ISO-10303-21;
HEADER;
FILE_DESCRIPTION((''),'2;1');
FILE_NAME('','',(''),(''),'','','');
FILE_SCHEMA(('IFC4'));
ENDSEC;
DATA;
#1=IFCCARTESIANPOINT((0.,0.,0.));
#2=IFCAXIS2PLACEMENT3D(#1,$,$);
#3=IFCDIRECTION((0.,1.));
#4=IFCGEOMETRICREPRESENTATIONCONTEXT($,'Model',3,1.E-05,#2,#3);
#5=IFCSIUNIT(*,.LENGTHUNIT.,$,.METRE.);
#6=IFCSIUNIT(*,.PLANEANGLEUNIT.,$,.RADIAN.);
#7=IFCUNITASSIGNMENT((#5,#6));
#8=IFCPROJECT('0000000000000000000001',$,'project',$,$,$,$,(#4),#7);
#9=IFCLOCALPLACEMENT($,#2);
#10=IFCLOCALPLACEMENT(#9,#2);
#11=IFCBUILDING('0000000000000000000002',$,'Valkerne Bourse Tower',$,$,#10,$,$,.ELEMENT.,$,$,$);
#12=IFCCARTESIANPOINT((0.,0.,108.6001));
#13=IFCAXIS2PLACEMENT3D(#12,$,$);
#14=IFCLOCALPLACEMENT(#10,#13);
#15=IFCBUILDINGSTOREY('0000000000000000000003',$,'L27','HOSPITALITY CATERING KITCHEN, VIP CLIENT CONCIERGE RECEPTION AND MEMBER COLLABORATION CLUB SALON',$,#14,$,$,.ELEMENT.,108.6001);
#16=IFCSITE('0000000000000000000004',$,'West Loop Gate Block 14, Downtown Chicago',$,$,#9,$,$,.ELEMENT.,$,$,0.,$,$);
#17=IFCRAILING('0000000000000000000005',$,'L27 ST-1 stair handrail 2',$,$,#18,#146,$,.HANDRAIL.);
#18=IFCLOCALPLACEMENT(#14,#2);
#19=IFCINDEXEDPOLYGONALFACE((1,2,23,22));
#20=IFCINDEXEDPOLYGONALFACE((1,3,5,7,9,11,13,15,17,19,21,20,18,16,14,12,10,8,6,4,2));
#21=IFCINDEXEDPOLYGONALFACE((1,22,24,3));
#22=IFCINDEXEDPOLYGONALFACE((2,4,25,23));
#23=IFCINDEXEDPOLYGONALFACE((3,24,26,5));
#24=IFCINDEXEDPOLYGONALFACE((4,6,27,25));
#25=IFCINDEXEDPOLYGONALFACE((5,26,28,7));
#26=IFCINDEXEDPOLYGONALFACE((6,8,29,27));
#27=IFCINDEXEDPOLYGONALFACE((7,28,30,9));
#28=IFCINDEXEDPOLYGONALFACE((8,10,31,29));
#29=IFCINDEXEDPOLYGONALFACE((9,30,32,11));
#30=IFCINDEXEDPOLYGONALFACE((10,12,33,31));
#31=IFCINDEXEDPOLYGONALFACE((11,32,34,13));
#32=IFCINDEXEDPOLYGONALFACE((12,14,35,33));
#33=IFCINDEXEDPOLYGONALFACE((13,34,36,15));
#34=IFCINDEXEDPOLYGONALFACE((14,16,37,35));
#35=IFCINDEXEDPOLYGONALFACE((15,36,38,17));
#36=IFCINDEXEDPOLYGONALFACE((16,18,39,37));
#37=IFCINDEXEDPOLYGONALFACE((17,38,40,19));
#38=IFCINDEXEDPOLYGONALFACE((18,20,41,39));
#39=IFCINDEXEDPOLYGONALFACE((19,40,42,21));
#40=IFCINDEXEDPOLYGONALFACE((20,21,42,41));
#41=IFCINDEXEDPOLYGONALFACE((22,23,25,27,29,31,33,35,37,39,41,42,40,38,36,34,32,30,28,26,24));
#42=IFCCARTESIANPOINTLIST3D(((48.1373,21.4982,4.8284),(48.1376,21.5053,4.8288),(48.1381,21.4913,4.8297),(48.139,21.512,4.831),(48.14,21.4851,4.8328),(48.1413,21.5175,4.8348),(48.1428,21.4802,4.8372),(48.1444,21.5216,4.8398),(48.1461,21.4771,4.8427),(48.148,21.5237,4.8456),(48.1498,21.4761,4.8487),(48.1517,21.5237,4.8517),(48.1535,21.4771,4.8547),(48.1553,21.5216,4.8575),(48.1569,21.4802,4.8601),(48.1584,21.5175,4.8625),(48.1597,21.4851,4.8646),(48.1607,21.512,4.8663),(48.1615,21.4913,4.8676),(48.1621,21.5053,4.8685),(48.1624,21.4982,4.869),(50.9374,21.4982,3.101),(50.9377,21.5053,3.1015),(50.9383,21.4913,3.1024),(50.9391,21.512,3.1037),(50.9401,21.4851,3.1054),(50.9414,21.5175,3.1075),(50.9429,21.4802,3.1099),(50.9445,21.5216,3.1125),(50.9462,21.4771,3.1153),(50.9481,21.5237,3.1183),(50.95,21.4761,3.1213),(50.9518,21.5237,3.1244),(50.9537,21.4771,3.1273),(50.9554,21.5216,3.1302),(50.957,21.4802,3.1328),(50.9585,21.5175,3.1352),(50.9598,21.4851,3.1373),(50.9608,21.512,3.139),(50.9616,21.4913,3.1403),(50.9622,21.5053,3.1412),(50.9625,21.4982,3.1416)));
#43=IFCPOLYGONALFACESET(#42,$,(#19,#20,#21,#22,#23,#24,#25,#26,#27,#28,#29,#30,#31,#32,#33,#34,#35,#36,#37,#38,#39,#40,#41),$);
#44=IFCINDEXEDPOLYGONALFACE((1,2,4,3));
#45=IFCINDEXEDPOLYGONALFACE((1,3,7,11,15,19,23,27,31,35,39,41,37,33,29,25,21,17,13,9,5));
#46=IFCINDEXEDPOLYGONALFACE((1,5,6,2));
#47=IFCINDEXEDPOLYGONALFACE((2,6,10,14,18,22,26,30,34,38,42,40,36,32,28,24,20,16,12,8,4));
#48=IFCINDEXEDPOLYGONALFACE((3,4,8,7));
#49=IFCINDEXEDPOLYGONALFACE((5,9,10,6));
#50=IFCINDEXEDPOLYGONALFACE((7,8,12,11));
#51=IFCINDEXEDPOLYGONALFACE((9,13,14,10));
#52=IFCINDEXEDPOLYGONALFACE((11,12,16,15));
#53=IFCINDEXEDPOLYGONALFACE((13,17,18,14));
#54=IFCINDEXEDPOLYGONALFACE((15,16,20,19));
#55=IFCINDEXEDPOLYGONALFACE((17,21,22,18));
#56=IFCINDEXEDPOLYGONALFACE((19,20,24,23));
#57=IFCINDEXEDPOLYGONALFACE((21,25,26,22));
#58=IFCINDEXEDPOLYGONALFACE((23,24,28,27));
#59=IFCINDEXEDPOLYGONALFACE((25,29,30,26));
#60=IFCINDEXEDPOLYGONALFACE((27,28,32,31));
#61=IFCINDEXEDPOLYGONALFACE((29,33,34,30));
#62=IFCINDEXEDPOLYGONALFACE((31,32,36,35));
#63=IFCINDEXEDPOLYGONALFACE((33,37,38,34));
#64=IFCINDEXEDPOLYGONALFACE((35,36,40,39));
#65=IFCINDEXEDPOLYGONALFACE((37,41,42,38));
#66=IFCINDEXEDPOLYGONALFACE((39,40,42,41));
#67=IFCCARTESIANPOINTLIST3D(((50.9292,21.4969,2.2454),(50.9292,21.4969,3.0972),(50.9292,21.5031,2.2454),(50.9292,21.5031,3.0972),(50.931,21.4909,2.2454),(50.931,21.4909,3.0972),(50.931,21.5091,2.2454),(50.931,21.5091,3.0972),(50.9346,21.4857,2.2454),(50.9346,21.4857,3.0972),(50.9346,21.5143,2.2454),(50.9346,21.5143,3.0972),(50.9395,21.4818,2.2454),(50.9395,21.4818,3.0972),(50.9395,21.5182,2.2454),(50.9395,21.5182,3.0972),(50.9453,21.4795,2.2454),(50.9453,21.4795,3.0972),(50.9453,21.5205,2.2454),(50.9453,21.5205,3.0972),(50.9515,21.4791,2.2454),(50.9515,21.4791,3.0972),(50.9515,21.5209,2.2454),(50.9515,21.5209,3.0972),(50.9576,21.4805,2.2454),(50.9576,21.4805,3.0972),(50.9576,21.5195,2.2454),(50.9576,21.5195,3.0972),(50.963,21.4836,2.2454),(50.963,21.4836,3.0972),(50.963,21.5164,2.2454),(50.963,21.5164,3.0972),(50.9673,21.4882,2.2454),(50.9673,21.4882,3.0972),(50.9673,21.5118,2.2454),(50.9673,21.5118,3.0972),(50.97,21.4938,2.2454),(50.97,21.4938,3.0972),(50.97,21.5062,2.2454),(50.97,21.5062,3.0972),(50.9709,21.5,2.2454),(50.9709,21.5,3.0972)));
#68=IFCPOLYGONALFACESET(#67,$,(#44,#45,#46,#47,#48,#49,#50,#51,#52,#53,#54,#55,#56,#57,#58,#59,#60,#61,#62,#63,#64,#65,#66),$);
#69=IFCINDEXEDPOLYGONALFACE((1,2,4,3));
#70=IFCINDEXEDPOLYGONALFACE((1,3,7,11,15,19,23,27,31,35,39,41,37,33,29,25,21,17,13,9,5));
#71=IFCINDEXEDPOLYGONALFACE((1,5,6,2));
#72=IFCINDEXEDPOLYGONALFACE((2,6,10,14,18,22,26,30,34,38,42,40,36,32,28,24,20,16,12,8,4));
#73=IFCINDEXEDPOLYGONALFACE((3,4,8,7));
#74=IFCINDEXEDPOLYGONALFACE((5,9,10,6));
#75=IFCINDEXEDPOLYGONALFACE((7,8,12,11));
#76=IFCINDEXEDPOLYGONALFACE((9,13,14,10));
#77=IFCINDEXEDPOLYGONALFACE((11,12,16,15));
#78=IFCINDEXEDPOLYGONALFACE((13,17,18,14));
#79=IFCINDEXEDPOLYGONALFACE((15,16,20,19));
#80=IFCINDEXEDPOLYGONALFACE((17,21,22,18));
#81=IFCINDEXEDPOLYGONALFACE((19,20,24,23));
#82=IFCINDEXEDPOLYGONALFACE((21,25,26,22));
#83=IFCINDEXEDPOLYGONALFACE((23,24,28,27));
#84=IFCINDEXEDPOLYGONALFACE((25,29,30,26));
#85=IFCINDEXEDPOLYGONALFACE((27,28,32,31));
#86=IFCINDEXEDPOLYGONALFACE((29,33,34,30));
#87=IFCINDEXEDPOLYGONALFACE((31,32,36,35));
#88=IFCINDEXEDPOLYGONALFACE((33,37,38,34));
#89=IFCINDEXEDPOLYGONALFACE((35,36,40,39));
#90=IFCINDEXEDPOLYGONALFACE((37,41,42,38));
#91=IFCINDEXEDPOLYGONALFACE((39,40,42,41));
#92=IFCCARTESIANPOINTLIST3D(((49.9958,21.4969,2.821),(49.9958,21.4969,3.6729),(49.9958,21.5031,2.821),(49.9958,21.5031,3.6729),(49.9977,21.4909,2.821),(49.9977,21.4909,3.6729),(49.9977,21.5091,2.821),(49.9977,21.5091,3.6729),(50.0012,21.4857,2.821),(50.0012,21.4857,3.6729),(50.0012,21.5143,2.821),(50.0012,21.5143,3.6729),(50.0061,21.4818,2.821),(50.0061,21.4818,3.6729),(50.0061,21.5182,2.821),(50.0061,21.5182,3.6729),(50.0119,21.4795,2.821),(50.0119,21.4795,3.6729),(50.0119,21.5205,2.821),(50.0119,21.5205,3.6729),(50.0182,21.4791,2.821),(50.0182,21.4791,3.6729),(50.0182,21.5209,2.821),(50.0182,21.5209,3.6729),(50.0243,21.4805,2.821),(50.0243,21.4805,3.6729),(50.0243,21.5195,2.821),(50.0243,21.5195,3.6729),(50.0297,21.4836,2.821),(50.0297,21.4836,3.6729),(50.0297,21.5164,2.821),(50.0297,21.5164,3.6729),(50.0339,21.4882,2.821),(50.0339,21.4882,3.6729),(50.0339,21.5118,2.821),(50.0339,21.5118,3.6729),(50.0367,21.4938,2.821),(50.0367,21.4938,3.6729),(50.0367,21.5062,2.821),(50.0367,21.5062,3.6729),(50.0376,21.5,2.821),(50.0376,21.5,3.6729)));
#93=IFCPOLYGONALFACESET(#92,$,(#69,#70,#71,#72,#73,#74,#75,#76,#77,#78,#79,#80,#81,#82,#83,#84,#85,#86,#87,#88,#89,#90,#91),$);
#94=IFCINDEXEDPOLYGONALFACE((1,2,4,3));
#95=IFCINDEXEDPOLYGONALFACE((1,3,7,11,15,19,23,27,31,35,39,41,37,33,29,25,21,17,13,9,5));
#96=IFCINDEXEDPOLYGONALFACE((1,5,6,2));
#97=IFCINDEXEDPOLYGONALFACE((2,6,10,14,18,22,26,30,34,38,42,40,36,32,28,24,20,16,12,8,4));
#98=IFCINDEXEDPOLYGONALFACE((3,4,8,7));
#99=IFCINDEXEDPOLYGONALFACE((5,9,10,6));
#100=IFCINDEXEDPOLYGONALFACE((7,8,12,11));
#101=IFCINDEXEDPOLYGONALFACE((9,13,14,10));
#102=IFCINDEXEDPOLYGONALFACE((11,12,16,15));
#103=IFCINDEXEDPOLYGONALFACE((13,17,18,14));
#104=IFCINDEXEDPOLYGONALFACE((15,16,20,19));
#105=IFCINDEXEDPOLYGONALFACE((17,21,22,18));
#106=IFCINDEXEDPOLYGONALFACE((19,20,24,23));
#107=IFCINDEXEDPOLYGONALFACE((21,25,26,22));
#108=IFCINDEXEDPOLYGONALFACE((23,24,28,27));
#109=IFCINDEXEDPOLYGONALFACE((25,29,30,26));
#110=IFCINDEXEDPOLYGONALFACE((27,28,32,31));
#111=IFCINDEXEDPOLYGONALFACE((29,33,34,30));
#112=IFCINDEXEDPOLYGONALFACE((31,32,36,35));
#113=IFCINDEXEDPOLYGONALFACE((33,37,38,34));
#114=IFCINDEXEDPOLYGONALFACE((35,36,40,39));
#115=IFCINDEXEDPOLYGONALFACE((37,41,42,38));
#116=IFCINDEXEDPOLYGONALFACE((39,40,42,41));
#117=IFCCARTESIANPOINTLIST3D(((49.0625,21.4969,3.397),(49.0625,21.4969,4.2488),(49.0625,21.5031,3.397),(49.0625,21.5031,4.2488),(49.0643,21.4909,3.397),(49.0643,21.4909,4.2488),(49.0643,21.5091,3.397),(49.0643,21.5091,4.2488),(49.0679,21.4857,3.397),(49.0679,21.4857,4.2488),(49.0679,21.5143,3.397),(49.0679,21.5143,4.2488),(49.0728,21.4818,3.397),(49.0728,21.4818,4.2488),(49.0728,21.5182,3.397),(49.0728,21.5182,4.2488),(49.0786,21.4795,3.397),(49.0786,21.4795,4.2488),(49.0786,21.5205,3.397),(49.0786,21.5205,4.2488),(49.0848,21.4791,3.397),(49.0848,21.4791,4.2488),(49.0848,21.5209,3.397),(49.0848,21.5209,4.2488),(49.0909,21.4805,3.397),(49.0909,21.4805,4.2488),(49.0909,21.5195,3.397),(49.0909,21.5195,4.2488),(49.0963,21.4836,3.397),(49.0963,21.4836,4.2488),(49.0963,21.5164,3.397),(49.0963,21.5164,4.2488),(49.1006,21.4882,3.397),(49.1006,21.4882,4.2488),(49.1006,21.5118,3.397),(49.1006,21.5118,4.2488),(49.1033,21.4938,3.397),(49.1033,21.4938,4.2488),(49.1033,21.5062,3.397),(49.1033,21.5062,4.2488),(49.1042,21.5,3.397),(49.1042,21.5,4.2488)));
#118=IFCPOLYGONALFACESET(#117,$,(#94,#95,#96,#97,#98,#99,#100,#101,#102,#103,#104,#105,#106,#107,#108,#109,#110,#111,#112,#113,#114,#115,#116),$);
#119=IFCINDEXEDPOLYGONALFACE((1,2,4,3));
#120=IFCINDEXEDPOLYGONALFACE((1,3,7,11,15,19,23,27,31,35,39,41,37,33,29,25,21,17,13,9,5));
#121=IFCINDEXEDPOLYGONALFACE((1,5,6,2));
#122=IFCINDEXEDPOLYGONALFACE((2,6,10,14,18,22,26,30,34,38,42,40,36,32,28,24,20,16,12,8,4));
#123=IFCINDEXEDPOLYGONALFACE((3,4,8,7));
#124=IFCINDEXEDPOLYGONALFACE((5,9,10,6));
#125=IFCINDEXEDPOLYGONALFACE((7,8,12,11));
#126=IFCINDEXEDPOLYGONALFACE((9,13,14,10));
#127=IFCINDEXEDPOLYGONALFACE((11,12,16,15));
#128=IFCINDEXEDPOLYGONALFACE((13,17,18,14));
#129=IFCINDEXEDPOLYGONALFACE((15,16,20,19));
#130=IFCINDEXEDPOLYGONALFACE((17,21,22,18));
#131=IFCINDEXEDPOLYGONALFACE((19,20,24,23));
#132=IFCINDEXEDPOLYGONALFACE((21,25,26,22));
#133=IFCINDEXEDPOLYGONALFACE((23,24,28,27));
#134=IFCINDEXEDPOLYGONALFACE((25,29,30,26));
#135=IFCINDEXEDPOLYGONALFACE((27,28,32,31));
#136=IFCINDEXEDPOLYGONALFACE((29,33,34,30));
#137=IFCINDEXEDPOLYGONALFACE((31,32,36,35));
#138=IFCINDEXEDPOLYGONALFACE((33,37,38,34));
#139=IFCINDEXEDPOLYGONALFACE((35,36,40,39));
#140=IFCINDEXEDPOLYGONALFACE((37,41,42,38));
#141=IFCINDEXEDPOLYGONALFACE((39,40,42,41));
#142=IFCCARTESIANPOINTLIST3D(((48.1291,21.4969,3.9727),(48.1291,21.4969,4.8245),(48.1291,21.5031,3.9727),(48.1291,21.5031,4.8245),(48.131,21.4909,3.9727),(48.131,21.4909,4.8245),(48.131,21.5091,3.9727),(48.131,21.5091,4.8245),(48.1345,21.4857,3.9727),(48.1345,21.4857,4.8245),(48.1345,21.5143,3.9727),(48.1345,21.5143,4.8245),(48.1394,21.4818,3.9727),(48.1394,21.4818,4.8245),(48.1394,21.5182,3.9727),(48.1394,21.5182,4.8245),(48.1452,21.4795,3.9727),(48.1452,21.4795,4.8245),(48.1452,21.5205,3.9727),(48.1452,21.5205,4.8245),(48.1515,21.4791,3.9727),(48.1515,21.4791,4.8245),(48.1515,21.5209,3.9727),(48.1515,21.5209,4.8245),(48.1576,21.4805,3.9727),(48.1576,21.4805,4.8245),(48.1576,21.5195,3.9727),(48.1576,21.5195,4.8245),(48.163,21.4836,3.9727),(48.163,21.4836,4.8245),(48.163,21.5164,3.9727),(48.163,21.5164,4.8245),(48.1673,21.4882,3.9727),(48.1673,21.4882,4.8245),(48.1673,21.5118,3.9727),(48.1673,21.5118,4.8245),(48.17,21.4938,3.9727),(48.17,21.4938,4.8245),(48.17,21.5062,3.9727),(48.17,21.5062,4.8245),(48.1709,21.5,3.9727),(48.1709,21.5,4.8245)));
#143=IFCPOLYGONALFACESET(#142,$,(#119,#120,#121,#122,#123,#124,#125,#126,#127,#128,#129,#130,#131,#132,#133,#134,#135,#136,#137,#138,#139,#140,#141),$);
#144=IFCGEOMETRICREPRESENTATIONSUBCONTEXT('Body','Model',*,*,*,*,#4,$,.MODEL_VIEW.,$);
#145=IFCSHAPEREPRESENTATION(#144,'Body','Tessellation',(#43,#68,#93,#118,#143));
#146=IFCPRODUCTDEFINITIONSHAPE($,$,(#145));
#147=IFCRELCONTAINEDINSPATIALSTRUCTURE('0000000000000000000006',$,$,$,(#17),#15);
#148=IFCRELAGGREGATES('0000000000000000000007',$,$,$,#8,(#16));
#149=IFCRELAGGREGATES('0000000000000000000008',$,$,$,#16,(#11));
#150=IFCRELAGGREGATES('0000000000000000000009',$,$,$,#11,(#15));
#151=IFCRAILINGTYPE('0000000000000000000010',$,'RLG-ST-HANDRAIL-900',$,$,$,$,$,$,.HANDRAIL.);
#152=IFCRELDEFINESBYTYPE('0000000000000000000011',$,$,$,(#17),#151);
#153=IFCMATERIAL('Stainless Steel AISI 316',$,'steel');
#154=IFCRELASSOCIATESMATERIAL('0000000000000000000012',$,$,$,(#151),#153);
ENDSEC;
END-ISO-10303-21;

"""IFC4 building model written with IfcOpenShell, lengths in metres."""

from ifc_helpers import new_model, si_unit, direction, frame, origin, origin_2d, place, context, subcontext, project, spatial, circle, extrude, material, type_object, element, save


model = new_model("IFC4")

# Units and contexts
model_context = context("Model", 3, precision=1e-05, world=origin(), true_north=direction((0.0, 1.0)))
body_context = subcontext(model_context, "Body", "Model", "MODEL_VIEW")
ifc_project = project(units=[si_unit("LENGTHUNIT", "METRE"), si_unit("PLANEANGLEUNIT", "RADIAN")], contexts=[model_context])

# Site, building, storey
site_placement = place(None, origin())
site = spatial("IfcSite", under=ifc_project, at=site_placement, Name="West Loop Gate Block 14, Downtown Chicago", CompositionType="ELEMENT", RefElevation=0.0)
building_placement = place(site_placement, origin())
building = spatial("IfcBuilding", under=site, at=building_placement, Name="Valkerne Bourse Tower", CompositionType="ELEMENT")
storey_placement = place(building_placement, frame((0.0, 0.0, 108.6001)))
storey = spatial("IfcBuildingStorey", under=building, at=storey_placement, Name="L27", Description="HOSPITALITY CATERING KITCHEN, VIP CLIENT CONCIERGE RECEPTION AND MEMBER COLLABORATION CLUB SALON", CompositionType="ELEMENT", Elevation=108.6001)

# Shared definitions
ifc_material_1 = material(Name="Stainless Steel AISI 316", Category="steel")

# Railing
railing_type_1 = type_object("IfcRailingType", Name="RLG-ST-HANDRAIL-900", PredefinedType="HANDRAIL", material=ifc_material_1)
railing_1_placement = place(storey_placement, frame((50.95, 21.5, 2.2454)))
element("IfcRailing", 1, at=railing_1_placement, inside=storey, type_object=railing_type_1, Name="L27 ST-1 stair handrail 2", PredefinedType="HANDRAIL", context=body_context, shape_type="SweptSolid", body=[
    extrude(circle(Radius=0.0239, at=origin_2d()), frame((0.0, 0.0, 0.876), z_axis=(-0.85109, 0.0, 0.52502), x_axis=(0.0, -1.0, 0.0)), (0.0, 0.0, 1.0), 3.29),
    extrude(circle(Radius=0.021, at=origin_2d()), origin(), (0.0, 0.0, 1.0), 0.8518),
    extrude(circle(Radius=0.021, at=origin_2d()), frame((-0.9333, 0.0, 0.5757)), (0.0, 0.0, 1.0), 0.8518),
    extrude(circle(Radius=0.021, at=origin_2d()), frame((-1.8667, 0.0, 1.1516)), (0.0, 0.0, 1.0), 0.8518),
    extrude(circle(Radius=0.021, at=origin_2d()), frame((-2.8, 0.0, 1.7273)), (0.0, 0.0, 1.0), 0.8518),
])

save(model, "model.ifc")
